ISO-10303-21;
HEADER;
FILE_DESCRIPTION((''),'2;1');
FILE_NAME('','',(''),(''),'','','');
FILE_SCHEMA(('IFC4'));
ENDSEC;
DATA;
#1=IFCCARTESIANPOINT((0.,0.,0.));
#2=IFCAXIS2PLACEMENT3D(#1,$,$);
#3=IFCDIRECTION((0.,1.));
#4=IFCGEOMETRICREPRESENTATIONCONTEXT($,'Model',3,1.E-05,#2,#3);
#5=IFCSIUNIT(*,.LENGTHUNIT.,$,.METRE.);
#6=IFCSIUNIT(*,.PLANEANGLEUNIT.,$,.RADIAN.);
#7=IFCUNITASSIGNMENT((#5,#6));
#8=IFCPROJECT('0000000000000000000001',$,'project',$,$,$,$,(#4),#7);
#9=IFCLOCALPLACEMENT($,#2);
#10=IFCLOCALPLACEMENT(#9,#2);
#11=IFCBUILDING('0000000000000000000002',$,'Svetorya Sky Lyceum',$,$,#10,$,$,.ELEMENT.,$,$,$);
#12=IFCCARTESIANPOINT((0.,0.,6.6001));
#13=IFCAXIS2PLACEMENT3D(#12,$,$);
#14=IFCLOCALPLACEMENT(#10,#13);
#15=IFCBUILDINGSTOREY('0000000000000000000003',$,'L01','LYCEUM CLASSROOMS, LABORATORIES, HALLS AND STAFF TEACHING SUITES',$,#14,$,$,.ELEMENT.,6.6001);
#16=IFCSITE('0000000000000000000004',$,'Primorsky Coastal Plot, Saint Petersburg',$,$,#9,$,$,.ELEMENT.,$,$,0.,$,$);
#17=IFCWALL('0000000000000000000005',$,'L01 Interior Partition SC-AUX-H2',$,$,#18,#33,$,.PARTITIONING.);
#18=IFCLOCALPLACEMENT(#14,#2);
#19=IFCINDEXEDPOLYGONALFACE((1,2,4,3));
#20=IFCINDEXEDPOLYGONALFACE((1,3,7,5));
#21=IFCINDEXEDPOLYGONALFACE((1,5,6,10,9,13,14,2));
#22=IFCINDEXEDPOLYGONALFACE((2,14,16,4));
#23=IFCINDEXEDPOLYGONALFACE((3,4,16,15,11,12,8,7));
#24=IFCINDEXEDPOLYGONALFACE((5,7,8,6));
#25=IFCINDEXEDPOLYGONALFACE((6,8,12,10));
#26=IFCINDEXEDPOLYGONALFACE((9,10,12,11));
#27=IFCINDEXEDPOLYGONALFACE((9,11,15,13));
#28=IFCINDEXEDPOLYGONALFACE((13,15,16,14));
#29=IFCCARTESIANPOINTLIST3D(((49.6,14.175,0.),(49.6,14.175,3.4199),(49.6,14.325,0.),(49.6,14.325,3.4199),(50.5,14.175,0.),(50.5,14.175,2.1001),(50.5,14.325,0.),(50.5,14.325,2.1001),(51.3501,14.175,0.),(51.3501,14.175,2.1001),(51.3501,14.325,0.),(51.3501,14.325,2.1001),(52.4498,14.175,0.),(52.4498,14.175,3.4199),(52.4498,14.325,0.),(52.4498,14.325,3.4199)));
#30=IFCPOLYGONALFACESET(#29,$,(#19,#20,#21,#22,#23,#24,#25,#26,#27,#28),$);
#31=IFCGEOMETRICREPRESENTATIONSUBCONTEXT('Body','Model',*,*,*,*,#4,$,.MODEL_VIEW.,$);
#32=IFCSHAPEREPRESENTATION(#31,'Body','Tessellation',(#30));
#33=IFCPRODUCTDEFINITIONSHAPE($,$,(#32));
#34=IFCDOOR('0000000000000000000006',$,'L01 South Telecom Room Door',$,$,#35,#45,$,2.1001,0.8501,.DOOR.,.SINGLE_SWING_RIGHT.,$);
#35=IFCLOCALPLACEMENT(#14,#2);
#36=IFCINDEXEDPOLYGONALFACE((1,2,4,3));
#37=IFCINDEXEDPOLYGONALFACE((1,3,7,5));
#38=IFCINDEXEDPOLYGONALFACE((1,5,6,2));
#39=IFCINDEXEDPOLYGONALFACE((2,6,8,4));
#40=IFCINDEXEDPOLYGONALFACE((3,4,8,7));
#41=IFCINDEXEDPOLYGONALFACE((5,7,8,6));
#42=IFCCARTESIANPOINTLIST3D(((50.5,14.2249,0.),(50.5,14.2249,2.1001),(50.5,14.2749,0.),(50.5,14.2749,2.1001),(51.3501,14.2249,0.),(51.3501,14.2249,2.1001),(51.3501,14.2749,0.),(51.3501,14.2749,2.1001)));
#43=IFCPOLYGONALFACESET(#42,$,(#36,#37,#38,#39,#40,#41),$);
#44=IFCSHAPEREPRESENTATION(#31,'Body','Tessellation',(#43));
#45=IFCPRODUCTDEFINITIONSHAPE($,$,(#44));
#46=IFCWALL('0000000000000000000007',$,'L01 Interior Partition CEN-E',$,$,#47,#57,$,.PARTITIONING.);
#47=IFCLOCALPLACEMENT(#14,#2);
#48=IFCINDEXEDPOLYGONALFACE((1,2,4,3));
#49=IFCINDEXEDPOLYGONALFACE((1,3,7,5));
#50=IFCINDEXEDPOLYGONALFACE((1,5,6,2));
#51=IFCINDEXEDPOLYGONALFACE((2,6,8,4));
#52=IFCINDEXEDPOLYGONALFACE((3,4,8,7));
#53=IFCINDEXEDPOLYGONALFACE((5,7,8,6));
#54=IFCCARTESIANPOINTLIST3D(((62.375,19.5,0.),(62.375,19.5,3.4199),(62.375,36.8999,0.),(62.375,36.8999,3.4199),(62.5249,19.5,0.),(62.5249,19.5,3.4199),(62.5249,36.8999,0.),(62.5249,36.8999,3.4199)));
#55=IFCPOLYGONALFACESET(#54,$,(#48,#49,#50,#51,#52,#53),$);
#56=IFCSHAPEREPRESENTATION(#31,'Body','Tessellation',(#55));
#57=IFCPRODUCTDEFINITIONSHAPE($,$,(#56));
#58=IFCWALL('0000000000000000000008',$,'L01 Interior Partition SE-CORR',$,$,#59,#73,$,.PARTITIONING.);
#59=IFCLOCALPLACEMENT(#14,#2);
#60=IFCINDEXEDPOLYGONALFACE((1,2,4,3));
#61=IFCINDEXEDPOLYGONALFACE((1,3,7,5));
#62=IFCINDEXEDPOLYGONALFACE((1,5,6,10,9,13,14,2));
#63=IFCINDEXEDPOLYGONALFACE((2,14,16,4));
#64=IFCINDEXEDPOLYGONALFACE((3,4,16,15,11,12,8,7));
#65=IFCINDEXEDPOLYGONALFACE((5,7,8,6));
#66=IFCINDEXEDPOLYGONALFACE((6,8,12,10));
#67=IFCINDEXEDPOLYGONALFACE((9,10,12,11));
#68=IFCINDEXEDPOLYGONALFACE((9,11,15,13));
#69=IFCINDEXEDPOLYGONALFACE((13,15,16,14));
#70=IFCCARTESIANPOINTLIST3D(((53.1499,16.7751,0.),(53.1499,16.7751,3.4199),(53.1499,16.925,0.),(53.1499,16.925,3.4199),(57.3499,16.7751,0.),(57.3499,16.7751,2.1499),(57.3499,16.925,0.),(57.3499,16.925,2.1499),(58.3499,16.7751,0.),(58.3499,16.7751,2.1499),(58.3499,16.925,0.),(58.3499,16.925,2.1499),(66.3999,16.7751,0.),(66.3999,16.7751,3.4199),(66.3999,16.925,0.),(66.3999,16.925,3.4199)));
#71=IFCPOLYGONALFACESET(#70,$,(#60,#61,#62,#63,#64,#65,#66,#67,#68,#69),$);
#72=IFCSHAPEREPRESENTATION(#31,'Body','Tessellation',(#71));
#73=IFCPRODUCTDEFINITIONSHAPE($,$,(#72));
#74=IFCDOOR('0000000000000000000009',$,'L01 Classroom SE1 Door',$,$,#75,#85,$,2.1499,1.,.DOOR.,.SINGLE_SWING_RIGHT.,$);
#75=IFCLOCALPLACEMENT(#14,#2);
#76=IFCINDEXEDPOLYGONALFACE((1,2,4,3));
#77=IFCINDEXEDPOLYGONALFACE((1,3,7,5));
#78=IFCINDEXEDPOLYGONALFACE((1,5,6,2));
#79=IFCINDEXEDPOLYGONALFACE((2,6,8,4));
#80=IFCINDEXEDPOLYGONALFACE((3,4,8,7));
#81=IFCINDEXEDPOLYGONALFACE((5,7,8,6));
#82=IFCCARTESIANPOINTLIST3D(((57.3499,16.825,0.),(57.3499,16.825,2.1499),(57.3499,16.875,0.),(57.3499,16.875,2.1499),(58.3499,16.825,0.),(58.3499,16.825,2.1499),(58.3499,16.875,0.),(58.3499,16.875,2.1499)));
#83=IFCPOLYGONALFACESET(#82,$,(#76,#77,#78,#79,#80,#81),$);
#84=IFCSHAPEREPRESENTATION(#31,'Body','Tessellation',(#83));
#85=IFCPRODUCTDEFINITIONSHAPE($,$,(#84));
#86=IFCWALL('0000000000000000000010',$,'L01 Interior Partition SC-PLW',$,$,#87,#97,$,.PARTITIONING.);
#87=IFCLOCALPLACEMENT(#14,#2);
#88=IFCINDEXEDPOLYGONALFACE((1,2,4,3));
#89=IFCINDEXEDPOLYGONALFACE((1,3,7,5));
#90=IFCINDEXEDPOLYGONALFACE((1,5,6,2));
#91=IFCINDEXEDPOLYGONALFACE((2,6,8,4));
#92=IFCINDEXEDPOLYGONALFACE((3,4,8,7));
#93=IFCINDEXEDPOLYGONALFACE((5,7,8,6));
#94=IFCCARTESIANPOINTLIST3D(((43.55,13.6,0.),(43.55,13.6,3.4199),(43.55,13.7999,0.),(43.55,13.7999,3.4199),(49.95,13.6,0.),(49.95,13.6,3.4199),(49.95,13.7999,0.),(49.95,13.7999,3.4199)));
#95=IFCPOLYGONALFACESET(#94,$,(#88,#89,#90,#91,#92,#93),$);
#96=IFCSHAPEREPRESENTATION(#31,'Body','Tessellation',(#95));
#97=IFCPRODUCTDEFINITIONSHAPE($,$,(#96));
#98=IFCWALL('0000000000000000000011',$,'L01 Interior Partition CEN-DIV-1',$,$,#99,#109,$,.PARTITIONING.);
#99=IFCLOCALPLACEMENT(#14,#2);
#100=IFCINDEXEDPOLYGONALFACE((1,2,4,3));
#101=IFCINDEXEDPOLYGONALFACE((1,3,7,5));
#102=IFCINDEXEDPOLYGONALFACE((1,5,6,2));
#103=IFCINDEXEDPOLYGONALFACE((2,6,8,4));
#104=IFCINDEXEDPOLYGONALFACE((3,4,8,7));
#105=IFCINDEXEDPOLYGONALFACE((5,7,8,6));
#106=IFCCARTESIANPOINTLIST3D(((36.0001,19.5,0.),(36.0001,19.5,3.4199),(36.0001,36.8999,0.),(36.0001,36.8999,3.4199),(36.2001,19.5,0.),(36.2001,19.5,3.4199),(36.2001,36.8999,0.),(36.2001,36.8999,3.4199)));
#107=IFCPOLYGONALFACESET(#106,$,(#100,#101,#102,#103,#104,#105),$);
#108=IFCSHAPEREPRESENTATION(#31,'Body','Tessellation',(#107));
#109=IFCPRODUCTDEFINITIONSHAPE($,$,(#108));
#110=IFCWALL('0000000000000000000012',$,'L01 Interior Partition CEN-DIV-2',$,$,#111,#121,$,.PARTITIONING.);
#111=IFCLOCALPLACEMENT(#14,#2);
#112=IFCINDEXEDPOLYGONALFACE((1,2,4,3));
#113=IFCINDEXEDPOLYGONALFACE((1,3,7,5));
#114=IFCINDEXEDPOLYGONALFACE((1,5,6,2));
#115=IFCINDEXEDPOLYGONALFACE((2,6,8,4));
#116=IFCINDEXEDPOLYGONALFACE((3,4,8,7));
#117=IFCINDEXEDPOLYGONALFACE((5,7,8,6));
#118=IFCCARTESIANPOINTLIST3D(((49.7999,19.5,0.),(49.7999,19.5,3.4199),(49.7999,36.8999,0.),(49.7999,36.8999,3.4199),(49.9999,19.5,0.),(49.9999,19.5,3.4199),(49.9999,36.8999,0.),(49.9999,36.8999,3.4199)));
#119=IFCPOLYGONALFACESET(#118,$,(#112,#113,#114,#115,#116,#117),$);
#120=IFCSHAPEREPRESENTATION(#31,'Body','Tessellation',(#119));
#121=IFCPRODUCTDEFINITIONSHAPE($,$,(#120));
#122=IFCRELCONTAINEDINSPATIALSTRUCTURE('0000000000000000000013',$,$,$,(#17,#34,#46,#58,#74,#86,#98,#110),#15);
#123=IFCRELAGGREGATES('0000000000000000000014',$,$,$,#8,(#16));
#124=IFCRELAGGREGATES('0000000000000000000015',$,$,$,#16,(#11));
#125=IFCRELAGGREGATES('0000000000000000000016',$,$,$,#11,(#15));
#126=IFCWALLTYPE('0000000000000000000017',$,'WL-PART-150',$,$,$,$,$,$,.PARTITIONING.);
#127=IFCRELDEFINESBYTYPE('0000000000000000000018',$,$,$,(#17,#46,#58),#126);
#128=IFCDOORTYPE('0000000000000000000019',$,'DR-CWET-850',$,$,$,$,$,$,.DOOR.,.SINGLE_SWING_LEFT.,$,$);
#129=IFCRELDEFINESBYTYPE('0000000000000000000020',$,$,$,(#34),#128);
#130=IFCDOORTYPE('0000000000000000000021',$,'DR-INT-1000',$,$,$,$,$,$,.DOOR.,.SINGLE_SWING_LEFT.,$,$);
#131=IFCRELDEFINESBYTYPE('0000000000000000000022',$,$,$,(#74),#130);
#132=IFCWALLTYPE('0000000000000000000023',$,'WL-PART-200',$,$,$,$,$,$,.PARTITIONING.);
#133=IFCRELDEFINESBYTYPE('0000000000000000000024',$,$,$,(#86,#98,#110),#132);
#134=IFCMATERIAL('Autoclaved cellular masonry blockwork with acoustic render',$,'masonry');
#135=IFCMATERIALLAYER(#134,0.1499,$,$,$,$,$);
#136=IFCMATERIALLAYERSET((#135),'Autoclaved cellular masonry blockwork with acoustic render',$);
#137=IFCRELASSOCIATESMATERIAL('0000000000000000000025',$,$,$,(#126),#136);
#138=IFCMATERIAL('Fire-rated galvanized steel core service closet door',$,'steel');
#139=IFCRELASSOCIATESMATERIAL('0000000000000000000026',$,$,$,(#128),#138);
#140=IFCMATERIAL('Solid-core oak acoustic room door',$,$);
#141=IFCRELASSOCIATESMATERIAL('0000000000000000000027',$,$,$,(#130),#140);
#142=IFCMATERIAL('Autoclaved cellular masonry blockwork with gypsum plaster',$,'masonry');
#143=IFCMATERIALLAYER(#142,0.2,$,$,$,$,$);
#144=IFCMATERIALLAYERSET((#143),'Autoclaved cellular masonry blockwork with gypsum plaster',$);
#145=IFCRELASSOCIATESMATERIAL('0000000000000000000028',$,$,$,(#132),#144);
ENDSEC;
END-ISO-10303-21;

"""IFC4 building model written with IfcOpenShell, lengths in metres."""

from ifc_helpers import new_model, si_unit, direction, frame, frame_2d, origin, place, context, subcontext, project, spatial, rectangle, extrude, material, layer, layer_set, type_object, element, fill, save


model = new_model("IFC4")

# Units and contexts
model_context = context("Model", 3, precision=1e-05, world=origin(), true_north=direction((0.0, 1.0)))
body_context = subcontext(model_context, "Body", "Model", "MODEL_VIEW")
ifc_project = project(units=[si_unit("LENGTHUNIT", "METRE"), si_unit("PLANEANGLEUNIT", "RADIAN")], contexts=[model_context])

# Site, building, storey
site_placement = place(None, origin())
site = spatial("IfcSite", under=ifc_project, at=site_placement, Name="Primorsky Coastal Plot, Saint Petersburg", CompositionType="ELEMENT", RefElevation=0.0)
building_placement = place(site_placement, origin())
building = spatial("IfcBuilding", under=site, at=building_placement, Name="Svetorya Sky Lyceum", CompositionType="ELEMENT")
storey_placement = place(building_placement, frame((0.0, 0.0, 6.6001)))
storey = spatial("IfcBuildingStorey", under=building, at=storey_placement, Name="L01", Description="LYCEUM CLASSROOMS, LABORATORIES, HALLS AND STAFF TEACHING SUITES", CompositionType="ELEMENT", Elevation=6.6001)

# Shared definitions
ifc_material_1 = material(Name="Autoclaved cellular masonry blockwork with acoustic render", Category="masonry")
ifc_layer_1 = layer(ifc_material_1, 0.1499)
ifc_layer_set_1 = layer_set([ifc_layer_1], Name="Autoclaved cellular masonry blockwork with acoustic render")
wall_type_1 = type_object("IfcWallType", Name="WL-PART-150", PredefinedType="PARTITIONING", material=ifc_layer_set_1)

# Wall, opening, door
wall_1_placement = place(storey_placement, frame((49.6001, 14.25, 0.0), z_axis=(0.0, 0.0, 1.0), x_axis=(1.0, 0.0, 0.0)))
wall_1 = element("IfcWall", 1, at=wall_1_placement, inside=storey, type_object=wall_type_1, Name="L01 Interior Partition SC-AUX-H2", PredefinedType="PARTITIONING", context=body_context, shape_type="SweptSolid", body=[
    extrude(rectangle(XDim=2.8499, YDim=0.1499, at=frame_2d((1.4248, 0.0))), origin(), (0.0, 0.0, 1.0), 3.4199),
])
opening_1_placement = place(wall_1_placement, frame((0.8999, 0.0, 0.0)))
opening_1 = element("IfcOpeningElement", 2, at=opening_1_placement, cuts=wall_1, PredefinedType="OPENING", context=body_context, shape_type="SweptSolid", body=[
    extrude(rectangle(XDim=0.8501, YDim=2.1001, at=frame_2d((0.425, 1.05))), frame((0.0, 0.085, 0.0), z_axis=(0.0, -1.0, 0.0), x_axis=(1.0, 0.0, 0.0)), (0.0, 0.0, 1.0), 0.1699),
])
ifc_material_2 = material(Name="Fire-rated galvanized steel core service closet door", Category="steel")
door_type_1 = type_object("IfcDoorType", Name="DR-CWET-850", OperationType="SINGLE_SWING_LEFT", PredefinedType="DOOR", material=ifc_material_2)
door_1_placement = place(opening_1_placement, origin())
door_1 = element("IfcDoor", 3, at=door_1_placement, inside=storey, type_object=door_type_1, Name="L01 South Telecom Room Door", OperationType="SINGLE_SWING_RIGHT", OverallHeight=2.1001, OverallWidth=0.8501, PredefinedType="DOOR", context=body_context, shape_type="SweptSolid", body=[
    extrude(rectangle(XDim=0.8501, YDim=2.1001, at=frame_2d((0.425, 1.05))), frame((0.0, 0.0249, 0.0), z_axis=(0.0, -1.0, 0.0), x_axis=(1.0, 0.0, 0.0)), (0.0, 0.0, 1.0), 0.05),
])
fill(opening_1, door_1)

# Wall
wall_2_placement = place(storey_placement, frame((62.45, 19.5, 0.0), z_axis=(0.0, 0.0, 1.0), x_axis=(0.0, 1.0, 0.0)))
element("IfcWall", 4, at=wall_2_placement, inside=storey, type_object=wall_type_1, Name="L01 Interior Partition CEN-E", PredefinedType="PARTITIONING", context=body_context, shape_type="SweptSolid", body=[
    extrude(rectangle(XDim=17.3999, YDim=0.1499, at=frame_2d((8.7, 0.0))), origin(), (0.0, 0.0, 1.0), 3.4199),
])

# Wall, opening, door
wall_3_placement = place(storey_placement, frame((53.1499, 16.8501, 0.0), z_axis=(0.0, 0.0, 1.0), x_axis=(1.0, 0.0, 0.0)))
wall_3 = element("IfcWall", 5, at=wall_3_placement, inside=storey, type_object=wall_type_1, Name="L01 Interior Partition SE-CORR", PredefinedType="PARTITIONING", context=body_context, shape_type="SweptSolid", body=[
    extrude(rectangle(XDim=13.25, YDim=0.1499, at=frame_2d((6.625, 0.0))), origin(), (0.0, 0.0, 1.0), 3.4199),
])
opening_2_placement = place(wall_3_placement, frame((4.2, 0.0, 0.0)))
opening_2 = element("IfcOpeningElement", 6, at=opening_2_placement, cuts=wall_3, PredefinedType="OPENING", context=body_context, shape_type="SweptSolid", body=[
    extrude(rectangle(XDim=1.0, YDim=2.1499, at=frame_2d((0.5, 1.075))), frame((0.0, 0.085, 0.0), z_axis=(0.0, -1.0, 0.0), x_axis=(1.0, 0.0, 0.0)), (0.0, 0.0, 1.0), 0.1699),
])
ifc_material_3 = material(Name="Solid-core oak acoustic room door")
door_type_2 = type_object("IfcDoorType", Name="DR-INT-1000", OperationType="SINGLE_SWING_LEFT", PredefinedType="DOOR", material=ifc_material_3)
door_2_placement = place(opening_2_placement, origin())
door_2 = element("IfcDoor", 7, at=door_2_placement, inside=storey, type_object=door_type_2, Name="L01 Classroom SE1 Door", OperationType="SINGLE_SWING_RIGHT", OverallHeight=2.1499, OverallWidth=1.0, PredefinedType="DOOR", context=body_context, shape_type="SweptSolid", body=[
    extrude(rectangle(XDim=1.0, YDim=2.1499, at=frame_2d((0.5, 1.075))), frame((0.0, 0.0249, 0.0), z_axis=(0.0, -1.0, 0.0), x_axis=(1.0, 0.0, 0.0)), (0.0, 0.0, 1.0), 0.05),
])
fill(opening_2, door_2)

# Shared definitions
ifc_material_4 = material(Name="Autoclaved cellular masonry blockwork with gypsum plaster", Category="masonry")
ifc_layer_2 = layer(ifc_material_4, 0.2)
ifc_layer_set_2 = layer_set([ifc_layer_2], Name="Autoclaved cellular masonry blockwork with gypsum plaster")
wall_type_2 = type_object("IfcWallType", Name="WL-PART-200", PredefinedType="PARTITIONING", material=ifc_layer_set_2)

# Walls
wall_4_placement = place(storey_placement, frame((43.55, 13.7, 0.0), z_axis=(0.0, 0.0, 1.0), x_axis=(1.0, 0.0, 0.0)))
element("IfcWall", 8, at=wall_4_placement, inside=storey, type_object=wall_type_2, Name="L01 Interior Partition SC-PLW", PredefinedType="PARTITIONING", context=body_context, shape_type="SweptSolid", body=[
    extrude(rectangle(XDim=6.3999, YDim=0.2, at=frame_2d((3.2, 0.0))), origin(), (0.0, 0.0, 1.0), 3.4199),
])
for number, where, z_axis, x_axis, name in (
    (9, (36.1001, 19.5, 0.0), (0.0, 0.0, 1.0), (0.0, 1.0, 0.0), "L01 Interior Partition CEN-DIV-1"),
    (10, (49.8999, 19.5, 0.0), (0.0, 0.0, 1.0), (0.0, 1.0, 0.0), "L01 Interior Partition CEN-DIV-2"),
):
    element("IfcWall", number, at=place(storey_placement, frame(where, z_axis=z_axis, x_axis=x_axis)), inside=storey, type_object=wall_type_2, Name=name, PredefinedType="PARTITIONING", context=body_context, shape_type="SweptSolid", body=[
        extrude(rectangle(XDim=17.3999, YDim=0.2, at=frame_2d((8.7, 0.0))), origin(), (0.0, 0.0, 1.0), 3.4199),
    ])

save(model, "model.ifc")
